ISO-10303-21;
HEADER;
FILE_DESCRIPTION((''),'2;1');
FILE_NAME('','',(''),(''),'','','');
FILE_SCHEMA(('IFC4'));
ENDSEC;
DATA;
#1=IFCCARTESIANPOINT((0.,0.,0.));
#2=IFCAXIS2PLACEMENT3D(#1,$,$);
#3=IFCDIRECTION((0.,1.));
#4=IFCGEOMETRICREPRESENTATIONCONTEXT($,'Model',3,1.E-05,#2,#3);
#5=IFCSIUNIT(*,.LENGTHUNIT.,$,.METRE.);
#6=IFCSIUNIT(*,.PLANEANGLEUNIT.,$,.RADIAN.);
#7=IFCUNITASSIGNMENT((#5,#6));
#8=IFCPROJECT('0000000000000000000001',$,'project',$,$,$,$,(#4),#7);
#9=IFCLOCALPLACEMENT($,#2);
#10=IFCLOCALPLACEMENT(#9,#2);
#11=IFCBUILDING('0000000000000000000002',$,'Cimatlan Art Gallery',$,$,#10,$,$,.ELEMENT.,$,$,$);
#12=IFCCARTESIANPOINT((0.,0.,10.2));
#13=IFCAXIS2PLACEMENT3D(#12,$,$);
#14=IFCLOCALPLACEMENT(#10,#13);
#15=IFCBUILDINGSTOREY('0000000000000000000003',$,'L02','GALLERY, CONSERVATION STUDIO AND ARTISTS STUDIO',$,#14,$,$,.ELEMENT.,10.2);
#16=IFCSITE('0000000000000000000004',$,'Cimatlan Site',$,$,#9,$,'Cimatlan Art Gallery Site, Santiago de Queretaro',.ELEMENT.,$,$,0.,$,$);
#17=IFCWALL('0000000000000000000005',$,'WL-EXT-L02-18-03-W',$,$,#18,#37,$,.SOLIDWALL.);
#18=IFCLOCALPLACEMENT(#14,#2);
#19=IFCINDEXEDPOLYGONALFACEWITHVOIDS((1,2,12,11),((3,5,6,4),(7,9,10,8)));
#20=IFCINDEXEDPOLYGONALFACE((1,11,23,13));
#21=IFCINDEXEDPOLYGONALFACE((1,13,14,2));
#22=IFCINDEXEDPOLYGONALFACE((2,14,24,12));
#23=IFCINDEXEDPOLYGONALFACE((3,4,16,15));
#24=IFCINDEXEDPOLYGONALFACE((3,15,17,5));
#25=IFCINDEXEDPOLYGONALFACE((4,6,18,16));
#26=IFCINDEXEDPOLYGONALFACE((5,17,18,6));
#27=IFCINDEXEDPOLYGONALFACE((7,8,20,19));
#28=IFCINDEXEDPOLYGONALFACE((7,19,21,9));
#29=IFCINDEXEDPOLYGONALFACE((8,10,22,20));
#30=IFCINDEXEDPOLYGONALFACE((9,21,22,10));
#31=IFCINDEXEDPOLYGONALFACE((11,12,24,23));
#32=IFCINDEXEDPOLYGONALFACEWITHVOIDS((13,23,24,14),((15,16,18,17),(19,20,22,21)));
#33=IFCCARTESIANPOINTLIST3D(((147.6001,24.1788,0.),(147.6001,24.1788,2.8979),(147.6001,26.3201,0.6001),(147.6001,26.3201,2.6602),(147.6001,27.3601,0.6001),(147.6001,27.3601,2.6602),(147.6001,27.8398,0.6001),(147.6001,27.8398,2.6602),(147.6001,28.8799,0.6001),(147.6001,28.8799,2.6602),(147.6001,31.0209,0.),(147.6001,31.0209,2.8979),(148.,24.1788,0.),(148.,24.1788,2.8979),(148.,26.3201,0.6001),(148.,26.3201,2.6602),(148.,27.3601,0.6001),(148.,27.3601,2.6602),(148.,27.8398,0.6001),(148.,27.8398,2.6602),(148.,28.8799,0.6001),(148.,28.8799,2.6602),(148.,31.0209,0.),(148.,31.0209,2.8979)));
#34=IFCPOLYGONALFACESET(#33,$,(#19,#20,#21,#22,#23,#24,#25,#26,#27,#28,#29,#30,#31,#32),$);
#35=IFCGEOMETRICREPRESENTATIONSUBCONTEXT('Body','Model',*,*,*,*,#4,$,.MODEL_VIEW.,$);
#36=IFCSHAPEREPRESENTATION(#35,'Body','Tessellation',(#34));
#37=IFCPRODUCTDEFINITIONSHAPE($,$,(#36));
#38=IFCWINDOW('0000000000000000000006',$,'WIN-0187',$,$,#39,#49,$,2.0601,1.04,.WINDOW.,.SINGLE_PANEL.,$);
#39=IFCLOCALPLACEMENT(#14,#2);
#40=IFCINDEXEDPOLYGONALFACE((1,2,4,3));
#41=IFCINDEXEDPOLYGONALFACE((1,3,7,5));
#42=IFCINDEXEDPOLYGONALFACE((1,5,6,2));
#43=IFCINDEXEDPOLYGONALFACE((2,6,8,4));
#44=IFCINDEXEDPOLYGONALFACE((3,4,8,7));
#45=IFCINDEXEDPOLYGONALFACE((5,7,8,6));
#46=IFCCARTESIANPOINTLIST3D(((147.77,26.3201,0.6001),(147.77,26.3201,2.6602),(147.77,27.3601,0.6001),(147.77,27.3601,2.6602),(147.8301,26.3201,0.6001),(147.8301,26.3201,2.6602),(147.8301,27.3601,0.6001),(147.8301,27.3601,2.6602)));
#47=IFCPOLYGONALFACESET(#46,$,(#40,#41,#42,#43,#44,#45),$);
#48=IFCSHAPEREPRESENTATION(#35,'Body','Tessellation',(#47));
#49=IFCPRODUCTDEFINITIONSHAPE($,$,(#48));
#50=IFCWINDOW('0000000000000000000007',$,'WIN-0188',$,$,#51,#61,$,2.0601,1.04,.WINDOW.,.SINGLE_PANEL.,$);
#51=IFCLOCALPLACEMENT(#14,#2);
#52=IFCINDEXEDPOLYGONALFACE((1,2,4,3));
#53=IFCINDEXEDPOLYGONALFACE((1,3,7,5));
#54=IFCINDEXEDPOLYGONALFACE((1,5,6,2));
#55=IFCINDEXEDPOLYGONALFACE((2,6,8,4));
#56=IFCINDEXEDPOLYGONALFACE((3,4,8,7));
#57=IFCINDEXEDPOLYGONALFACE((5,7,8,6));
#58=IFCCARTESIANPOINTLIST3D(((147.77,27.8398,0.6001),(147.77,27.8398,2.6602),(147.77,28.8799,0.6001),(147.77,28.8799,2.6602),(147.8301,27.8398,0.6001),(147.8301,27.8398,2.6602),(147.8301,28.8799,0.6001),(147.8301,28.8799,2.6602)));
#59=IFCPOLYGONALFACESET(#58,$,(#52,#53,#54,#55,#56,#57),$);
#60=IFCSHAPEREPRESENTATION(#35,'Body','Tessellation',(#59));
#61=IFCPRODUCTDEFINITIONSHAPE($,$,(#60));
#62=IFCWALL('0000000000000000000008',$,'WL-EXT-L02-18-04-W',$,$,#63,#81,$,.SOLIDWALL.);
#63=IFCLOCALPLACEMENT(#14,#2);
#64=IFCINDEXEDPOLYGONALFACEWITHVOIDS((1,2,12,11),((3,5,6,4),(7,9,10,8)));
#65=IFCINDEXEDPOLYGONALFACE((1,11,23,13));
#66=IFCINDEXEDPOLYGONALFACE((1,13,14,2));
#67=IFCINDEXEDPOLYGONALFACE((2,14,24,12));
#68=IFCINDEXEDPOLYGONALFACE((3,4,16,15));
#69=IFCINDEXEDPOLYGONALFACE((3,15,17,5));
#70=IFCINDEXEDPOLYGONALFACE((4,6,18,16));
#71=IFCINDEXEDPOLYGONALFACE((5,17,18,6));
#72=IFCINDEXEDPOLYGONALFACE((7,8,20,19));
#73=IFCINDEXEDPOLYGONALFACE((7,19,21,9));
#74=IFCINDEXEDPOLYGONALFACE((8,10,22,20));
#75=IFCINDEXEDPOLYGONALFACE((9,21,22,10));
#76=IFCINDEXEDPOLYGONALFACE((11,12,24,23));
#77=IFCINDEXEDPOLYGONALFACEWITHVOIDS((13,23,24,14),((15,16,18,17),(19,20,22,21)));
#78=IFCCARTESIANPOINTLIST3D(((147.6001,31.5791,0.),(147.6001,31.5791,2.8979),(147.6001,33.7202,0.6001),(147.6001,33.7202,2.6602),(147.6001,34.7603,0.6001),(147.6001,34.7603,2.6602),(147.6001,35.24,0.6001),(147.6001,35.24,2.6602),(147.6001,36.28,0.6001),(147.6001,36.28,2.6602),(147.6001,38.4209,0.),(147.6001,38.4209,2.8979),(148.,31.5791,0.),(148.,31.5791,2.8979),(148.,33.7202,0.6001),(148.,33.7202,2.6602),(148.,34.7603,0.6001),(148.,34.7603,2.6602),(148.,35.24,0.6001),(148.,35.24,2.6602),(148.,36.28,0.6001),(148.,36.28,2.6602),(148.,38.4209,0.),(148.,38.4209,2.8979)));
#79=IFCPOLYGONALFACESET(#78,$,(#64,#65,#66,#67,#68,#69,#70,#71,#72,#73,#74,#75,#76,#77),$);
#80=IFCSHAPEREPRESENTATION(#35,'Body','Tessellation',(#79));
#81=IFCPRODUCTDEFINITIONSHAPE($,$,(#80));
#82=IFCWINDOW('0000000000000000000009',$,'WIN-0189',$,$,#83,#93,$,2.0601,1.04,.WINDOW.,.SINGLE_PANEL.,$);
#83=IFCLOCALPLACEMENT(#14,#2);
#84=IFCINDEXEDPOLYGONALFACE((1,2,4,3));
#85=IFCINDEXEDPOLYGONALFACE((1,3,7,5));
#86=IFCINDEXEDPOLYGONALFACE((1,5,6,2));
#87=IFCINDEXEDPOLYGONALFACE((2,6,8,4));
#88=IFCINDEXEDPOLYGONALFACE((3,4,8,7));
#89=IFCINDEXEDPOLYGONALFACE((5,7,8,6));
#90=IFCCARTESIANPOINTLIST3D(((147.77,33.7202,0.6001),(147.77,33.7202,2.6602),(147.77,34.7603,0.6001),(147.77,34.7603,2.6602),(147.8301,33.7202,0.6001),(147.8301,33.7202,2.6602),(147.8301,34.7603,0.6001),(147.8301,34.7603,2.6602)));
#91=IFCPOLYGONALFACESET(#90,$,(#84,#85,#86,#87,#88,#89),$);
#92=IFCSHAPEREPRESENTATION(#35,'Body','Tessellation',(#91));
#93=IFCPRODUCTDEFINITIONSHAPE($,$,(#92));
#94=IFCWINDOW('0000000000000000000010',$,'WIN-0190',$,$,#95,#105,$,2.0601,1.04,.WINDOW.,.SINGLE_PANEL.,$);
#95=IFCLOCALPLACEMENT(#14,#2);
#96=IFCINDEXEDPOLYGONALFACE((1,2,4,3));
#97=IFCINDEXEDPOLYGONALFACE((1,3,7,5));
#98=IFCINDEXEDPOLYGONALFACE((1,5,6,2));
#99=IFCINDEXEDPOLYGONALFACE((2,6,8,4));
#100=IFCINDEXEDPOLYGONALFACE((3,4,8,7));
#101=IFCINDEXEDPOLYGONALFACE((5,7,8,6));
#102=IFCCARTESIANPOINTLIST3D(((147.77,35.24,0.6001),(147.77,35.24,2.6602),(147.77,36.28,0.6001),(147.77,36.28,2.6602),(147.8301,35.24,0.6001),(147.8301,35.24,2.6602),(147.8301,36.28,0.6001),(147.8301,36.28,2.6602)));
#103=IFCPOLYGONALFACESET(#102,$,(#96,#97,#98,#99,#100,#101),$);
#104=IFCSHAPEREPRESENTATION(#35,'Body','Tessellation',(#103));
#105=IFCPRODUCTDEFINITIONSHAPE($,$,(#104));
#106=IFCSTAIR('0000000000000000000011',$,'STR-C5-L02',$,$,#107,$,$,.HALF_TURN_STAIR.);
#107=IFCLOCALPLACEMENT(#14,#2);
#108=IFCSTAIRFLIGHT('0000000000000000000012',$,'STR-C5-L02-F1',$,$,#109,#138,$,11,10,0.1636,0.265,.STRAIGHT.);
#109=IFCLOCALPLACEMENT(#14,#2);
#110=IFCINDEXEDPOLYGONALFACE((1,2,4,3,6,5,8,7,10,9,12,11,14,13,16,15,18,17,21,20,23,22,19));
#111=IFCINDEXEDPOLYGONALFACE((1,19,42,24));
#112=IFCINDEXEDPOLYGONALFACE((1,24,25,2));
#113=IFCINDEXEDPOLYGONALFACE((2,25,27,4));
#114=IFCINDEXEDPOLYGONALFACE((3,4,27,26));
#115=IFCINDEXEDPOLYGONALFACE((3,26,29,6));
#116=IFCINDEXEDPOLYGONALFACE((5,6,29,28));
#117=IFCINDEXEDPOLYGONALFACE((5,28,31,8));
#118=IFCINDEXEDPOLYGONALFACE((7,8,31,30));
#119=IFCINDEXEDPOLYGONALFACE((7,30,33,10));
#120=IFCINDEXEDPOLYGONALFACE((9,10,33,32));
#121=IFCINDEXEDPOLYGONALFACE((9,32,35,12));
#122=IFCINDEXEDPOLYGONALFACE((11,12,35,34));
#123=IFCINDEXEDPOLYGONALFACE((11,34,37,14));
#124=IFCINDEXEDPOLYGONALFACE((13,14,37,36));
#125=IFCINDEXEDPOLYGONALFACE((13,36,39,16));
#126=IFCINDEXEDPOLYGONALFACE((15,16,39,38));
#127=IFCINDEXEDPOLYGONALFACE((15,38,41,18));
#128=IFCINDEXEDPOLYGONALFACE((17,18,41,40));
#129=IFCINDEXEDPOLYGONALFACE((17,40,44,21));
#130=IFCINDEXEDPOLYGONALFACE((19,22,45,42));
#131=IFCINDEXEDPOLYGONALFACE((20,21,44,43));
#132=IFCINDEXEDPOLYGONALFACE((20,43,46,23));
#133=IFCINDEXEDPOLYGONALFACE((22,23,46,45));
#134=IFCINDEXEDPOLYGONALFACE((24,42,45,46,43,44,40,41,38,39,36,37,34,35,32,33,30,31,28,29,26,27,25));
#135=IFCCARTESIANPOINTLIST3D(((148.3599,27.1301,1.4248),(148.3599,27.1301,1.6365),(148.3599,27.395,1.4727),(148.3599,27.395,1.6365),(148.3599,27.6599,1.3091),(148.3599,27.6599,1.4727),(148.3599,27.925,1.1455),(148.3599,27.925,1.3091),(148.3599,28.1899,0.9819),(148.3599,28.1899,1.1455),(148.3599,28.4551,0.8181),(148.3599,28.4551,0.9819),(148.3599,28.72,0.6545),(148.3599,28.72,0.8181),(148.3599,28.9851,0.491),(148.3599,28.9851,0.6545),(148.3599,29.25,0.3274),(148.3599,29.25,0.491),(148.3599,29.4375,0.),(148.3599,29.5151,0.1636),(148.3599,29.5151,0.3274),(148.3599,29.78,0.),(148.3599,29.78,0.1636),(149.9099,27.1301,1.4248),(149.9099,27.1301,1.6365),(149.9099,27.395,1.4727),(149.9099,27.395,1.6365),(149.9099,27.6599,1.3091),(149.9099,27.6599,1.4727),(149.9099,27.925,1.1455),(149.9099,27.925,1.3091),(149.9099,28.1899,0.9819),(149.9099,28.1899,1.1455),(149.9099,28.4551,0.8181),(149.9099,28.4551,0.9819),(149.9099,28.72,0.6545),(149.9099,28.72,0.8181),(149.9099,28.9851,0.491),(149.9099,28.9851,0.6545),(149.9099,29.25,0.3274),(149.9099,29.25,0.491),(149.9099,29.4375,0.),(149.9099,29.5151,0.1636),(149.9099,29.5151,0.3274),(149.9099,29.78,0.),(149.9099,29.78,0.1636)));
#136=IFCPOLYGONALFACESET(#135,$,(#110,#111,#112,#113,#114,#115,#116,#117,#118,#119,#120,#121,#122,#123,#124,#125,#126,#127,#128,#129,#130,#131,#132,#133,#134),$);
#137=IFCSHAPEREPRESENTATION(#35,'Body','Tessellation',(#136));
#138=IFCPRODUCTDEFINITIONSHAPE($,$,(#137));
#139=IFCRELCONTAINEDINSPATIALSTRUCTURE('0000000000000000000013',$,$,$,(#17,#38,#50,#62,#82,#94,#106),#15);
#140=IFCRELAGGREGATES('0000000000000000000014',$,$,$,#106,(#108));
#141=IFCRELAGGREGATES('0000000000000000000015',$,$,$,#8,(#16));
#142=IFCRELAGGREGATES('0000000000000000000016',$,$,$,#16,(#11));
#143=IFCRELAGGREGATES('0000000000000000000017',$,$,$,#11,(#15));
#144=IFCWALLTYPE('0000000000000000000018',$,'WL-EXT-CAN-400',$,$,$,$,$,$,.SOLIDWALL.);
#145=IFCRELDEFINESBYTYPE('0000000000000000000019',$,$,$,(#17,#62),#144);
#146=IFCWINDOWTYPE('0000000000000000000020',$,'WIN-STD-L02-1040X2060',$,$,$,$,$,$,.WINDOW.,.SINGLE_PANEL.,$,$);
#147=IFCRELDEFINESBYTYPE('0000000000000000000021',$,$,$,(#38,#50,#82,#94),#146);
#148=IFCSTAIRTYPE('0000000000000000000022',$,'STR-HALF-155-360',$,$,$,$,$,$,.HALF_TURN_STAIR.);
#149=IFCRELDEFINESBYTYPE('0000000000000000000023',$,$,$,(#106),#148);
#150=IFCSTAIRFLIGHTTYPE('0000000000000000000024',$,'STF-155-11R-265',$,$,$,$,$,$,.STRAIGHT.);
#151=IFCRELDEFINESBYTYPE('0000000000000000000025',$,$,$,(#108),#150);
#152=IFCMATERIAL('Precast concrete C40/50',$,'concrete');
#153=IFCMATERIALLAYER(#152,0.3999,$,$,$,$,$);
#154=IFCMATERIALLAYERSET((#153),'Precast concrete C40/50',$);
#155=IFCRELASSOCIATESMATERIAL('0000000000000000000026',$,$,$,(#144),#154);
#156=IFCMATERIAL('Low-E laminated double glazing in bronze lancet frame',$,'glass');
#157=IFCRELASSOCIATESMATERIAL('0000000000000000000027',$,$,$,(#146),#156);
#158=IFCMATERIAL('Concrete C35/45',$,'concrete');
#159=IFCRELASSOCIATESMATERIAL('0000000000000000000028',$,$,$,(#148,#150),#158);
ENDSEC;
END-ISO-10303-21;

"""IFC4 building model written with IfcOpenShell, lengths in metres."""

from ifc_helpers import new_model, si_unit, direction, frame, frame_2d, origin, place, context, subcontext, project, spatial, polyline, rectangle, outline, extrude, material, layer, layer_set, type_object, element, fill, aggregate, save


model = new_model("IFC4")

# Units and contexts
model_context = context("Model", 3, precision=1e-05, world=origin(), true_north=direction((0.0, 1.0)))
body_context = subcontext(model_context, "Body", "Model", "MODEL_VIEW")
ifc_project = project(units=[si_unit("LENGTHUNIT", "METRE"), si_unit("PLANEANGLEUNIT", "RADIAN")], contexts=[model_context])

# Site, building, storey
site_placement = place(None, origin())
site = spatial("IfcSite", under=ifc_project, at=site_placement, Name="Cimatlan Site", LongName="Cimatlan Art Gallery Site, Santiago de Queretaro", CompositionType="ELEMENT", RefElevation=0.0)
building_placement = place(site_placement, origin())
building = spatial("IfcBuilding", under=site, at=building_placement, Name="Cimatlan Art Gallery", CompositionType="ELEMENT")
storey_placement = place(building_placement, frame((0.0, 0.0, 10.2)))
storey = spatial("IfcBuildingStorey", under=building, at=storey_placement, Name="L02", Description="GALLERY, CONSERVATION STUDIO AND ARTISTS STUDIO", CompositionType="ELEMENT", Elevation=10.2)

# Shared definitions
ifc_material_1 = material(Name="Precast concrete C40/50", Category="concrete")

# Walls, openings, windows
ifc_layer_1 = layer(ifc_material_1, 0.3999)
ifc_layer_set_1 = layer_set([ifc_layer_1], Name="Precast concrete C40/50")
wall_type_1 = type_object("IfcWallType", Name="WL-EXT-CAN-400", PredefinedType="SOLIDWALL", material=ifc_layer_set_1)
wall_1_placement = place(storey_placement, frame((147.8, 24.179, 0.0), z_axis=(0.0, 0.0, 1.0), x_axis=(0.0, 1.0, 0.0)))
wall_1 = element("IfcWall", 1, at=wall_1_placement, inside=storey, type_object=wall_type_1, Name="WL-EXT-L02-18-03-W", PredefinedType="SOLIDWALL", context=body_context, shape_type="SweptSolid", body=[
    extrude(rectangle(XDim=6.842, YDim=0.3999, at=frame_2d((3.4209, 0.0))), origin(), (0.0, 0.0, 1.0), 2.8979),
])
opening_1_placement = place(wall_1_placement, frame((2.1411, 0.0, 0.6001)))
opening_1 = element("IfcOpeningElement", 2, at=opening_1_placement, cuts=wall_1, PredefinedType="OPENING", context=body_context, shape_type="SweptSolid", body=[
    extrude(rectangle(XDim=1.04, YDim=2.0601, at=frame_2d((0.52, 1.03))), frame((0.0, 0.21, 0.0), z_axis=(0.0, -1.0, 0.0), x_axis=(1.0, 0.0, 0.0)), (0.0, 0.0, 1.0), 0.4199),
])
opening_2_placement = place(wall_1_placement, frame((3.6609, 0.0, 0.6001)))
opening_2 = element("IfcOpeningElement", 3, at=opening_2_placement, cuts=wall_1, PredefinedType="OPENING", context=body_context, shape_type="SweptSolid", body=[
    extrude(rectangle(XDim=1.04, YDim=2.0601, at=frame_2d((0.52, 1.03))), frame((0.0, 0.21, 0.0), z_axis=(0.0, -1.0, 0.0), x_axis=(1.0, 0.0, 0.0)), (0.0, 0.0, 1.0), 0.4199),
])
ifc_material_2 = material(Name="Low-E laminated double glazing in bronze lancet frame", Category="glass")
window_type = type_object("IfcWindowType", Name="WIN-STD-L02-1040X2060", PartitioningType="SINGLE_PANEL", PredefinedType="WINDOW", material=ifc_material_2)
window_1_placement = place(opening_1_placement, origin())
window_1 = element("IfcWindow", 4, at=window_1_placement, inside=storey, type_object=window_type, Name="WIN-0187", OverallHeight=2.0601, OverallWidth=1.04, PartitioningType="SINGLE_PANEL", PredefinedType="WINDOW", context=body_context, shape_type="SweptSolid", body=[
    extrude(rectangle(XDim=1.04, YDim=2.0601, at=frame_2d((0.52, 1.03))), frame((0.0, 0.03, 0.0), z_axis=(0.0, -1.0, 0.0), x_axis=(1.0, 0.0, 0.0)), (0.0, 0.0, 1.0), 0.0601),
])
fill(opening_1, window_1)
window_2_placement = place(opening_2_placement, origin())
window_2 = element("IfcWindow", 5, at=window_2_placement, inside=storey, type_object=window_type, Name="WIN-0188", OverallHeight=2.0601, OverallWidth=1.04, PartitioningType="SINGLE_PANEL", PredefinedType="WINDOW", context=body_context, shape_type="SweptSolid", body=[
    extrude(rectangle(XDim=1.04, YDim=2.0601, at=frame_2d((0.52, 1.03))), frame((0.0, 0.03, 0.0), z_axis=(0.0, -1.0, 0.0), x_axis=(1.0, 0.0, 0.0)), (0.0, 0.0, 1.0), 0.0601),
])
fill(opening_2, window_2)
wall_2_placement = place(storey_placement, frame((147.8, 31.5791, 0.0), z_axis=(0.0, 0.0, 1.0), x_axis=(0.0, 1.0, 0.0)))
wall_2 = element("IfcWall", 6, at=wall_2_placement, inside=storey, type_object=wall_type_1, Name="WL-EXT-L02-18-04-W", PredefinedType="SOLIDWALL", context=body_context, shape_type="SweptSolid", body=[
    extrude(rectangle(XDim=6.8418, YDim=0.3999, at=frame_2d((3.4209, 0.0))), origin(), (0.0, 0.0, 1.0), 2.8979),
])
opening_3_placement = place(wall_2_placement, frame((2.1411, 0.0, 0.6001)))
opening_3 = element("IfcOpeningElement", 7, at=opening_3_placement, cuts=wall_2, PredefinedType="OPENING", context=body_context, shape_type="SweptSolid", body=[
    extrude(rectangle(XDim=1.04, YDim=2.0601, at=frame_2d((0.52, 1.03))), frame((0.0, 0.21, 0.0), z_axis=(0.0, -1.0, 0.0), x_axis=(1.0, 0.0, 0.0)), (0.0, 0.0, 1.0), 0.4199),
])
opening_4_placement = place(wall_2_placement, frame((3.6609, 0.0, 0.6001)))
opening_4 = element("IfcOpeningElement", 8, at=opening_4_placement, cuts=wall_2, PredefinedType="OPENING", context=body_context, shape_type="SweptSolid", body=[
    extrude(rectangle(XDim=1.04, YDim=2.0601, at=frame_2d((0.52, 1.03))), frame((0.0, 0.21, 0.0), z_axis=(0.0, -1.0, 0.0), x_axis=(1.0, 0.0, 0.0)), (0.0, 0.0, 1.0), 0.4199),
])
window_3_placement = place(opening_3_placement, origin())
window_3 = element("IfcWindow", 9, at=window_3_placement, inside=storey, type_object=window_type, Name="WIN-0189", OverallHeight=2.0601, OverallWidth=1.04, PartitioningType="SINGLE_PANEL", PredefinedType="WINDOW", context=body_context, shape_type="SweptSolid", body=[
    extrude(rectangle(XDim=1.04, YDim=2.0601, at=frame_2d((0.52, 1.03))), frame((0.0, 0.03, 0.0), z_axis=(0.0, -1.0, 0.0), x_axis=(1.0, 0.0, 0.0)), (0.0, 0.0, 1.0), 0.0601),
])
fill(opening_3, window_3)
window_4_placement = place(opening_4_placement, origin())
window_4 = element("IfcWindow", 10, at=window_4_placement, inside=storey, type_object=window_type, Name="WIN-0190", OverallHeight=2.0601, OverallWidth=1.04, PartitioningType="SINGLE_PANEL", PredefinedType="WINDOW", context=body_context, shape_type="SweptSolid", body=[
    extrude(rectangle(XDim=1.04, YDim=2.0601, at=frame_2d((0.52, 1.03))), frame((0.0, 0.03, 0.0), z_axis=(0.0, -1.0, 0.0), x_axis=(1.0, 0.0, 0.0)), (0.0, 0.0, 1.0), 0.0601),
])
fill(opening_4, window_4)

# Stair, stair flight
ifc_material_3 = material(Name="Concrete C35/45", Category="concrete")
stair_type = type_object("IfcStairType", Name="STR-HALF-155-360", PredefinedType="HALF_TURN_STAIR", material=ifc_material_3)
stair_placement = place(storey_placement, origin())
stair = element("IfcStair", 11, at=stair_placement, inside=storey, type_object=stair_type, Name="STR-C5-L02", PredefinedType="HALF_TURN_STAIR")
stair_flight_type = type_object("IfcStairFlightType", Name="STF-155-11R-265", PredefinedType="STRAIGHT", material=ifc_material_3)
stair_flight_placement = place(storey_placement, frame((149.135, 29.78, 0.0), z_axis=(0.0, 0.0, 1.0), x_axis=(0.0, -1.0, 0.0)))
stair_flight = element("IfcStairFlight", 12, at=stair_flight_placement, type_object=stair_flight_type, Name="STR-C5-L02-F1", NumberOfRisers=11, NumberOfTreads=10, PredefinedType="STRAIGHT", RiserHeight=0.1636, TreadLength=0.265, context=body_context, shape_type="SweptSolid", body=[
    extrude(outline(polyline([(0.0, 0.0), (0.0, 0.1636), (0.2649, 0.1636), (0.2649, 0.3274), (0.53, 0.3274), (0.53, 0.491), (0.7949, 0.491), (0.7949, 0.6545), (1.0601, 0.6545), (1.0601, 0.8181), (1.325, 0.8181), (1.325, 0.9819), (1.5901, 0.9819), (1.5901, 1.1455), (1.855, 1.1455), (1.855, 1.3091), (2.1201, 1.3091), (2.1201, 1.4727), (2.385, 1.4727), (2.385, 1.6365), (2.6499, 1.6365), (2.6499, 1.8), (2.6499, 1.4248), (0.3425, 0.0), (0.0, 0.0)])), frame((0.0, 0.7749, 0.0), z_axis=(0.0, -1.0, 0.0), x_axis=(1.0, 0.0, 0.0)), (0.0, 0.0, 1.0), 1.55),
])
aggregate(stair, [stair_flight])

save(model, "model.ifc")
